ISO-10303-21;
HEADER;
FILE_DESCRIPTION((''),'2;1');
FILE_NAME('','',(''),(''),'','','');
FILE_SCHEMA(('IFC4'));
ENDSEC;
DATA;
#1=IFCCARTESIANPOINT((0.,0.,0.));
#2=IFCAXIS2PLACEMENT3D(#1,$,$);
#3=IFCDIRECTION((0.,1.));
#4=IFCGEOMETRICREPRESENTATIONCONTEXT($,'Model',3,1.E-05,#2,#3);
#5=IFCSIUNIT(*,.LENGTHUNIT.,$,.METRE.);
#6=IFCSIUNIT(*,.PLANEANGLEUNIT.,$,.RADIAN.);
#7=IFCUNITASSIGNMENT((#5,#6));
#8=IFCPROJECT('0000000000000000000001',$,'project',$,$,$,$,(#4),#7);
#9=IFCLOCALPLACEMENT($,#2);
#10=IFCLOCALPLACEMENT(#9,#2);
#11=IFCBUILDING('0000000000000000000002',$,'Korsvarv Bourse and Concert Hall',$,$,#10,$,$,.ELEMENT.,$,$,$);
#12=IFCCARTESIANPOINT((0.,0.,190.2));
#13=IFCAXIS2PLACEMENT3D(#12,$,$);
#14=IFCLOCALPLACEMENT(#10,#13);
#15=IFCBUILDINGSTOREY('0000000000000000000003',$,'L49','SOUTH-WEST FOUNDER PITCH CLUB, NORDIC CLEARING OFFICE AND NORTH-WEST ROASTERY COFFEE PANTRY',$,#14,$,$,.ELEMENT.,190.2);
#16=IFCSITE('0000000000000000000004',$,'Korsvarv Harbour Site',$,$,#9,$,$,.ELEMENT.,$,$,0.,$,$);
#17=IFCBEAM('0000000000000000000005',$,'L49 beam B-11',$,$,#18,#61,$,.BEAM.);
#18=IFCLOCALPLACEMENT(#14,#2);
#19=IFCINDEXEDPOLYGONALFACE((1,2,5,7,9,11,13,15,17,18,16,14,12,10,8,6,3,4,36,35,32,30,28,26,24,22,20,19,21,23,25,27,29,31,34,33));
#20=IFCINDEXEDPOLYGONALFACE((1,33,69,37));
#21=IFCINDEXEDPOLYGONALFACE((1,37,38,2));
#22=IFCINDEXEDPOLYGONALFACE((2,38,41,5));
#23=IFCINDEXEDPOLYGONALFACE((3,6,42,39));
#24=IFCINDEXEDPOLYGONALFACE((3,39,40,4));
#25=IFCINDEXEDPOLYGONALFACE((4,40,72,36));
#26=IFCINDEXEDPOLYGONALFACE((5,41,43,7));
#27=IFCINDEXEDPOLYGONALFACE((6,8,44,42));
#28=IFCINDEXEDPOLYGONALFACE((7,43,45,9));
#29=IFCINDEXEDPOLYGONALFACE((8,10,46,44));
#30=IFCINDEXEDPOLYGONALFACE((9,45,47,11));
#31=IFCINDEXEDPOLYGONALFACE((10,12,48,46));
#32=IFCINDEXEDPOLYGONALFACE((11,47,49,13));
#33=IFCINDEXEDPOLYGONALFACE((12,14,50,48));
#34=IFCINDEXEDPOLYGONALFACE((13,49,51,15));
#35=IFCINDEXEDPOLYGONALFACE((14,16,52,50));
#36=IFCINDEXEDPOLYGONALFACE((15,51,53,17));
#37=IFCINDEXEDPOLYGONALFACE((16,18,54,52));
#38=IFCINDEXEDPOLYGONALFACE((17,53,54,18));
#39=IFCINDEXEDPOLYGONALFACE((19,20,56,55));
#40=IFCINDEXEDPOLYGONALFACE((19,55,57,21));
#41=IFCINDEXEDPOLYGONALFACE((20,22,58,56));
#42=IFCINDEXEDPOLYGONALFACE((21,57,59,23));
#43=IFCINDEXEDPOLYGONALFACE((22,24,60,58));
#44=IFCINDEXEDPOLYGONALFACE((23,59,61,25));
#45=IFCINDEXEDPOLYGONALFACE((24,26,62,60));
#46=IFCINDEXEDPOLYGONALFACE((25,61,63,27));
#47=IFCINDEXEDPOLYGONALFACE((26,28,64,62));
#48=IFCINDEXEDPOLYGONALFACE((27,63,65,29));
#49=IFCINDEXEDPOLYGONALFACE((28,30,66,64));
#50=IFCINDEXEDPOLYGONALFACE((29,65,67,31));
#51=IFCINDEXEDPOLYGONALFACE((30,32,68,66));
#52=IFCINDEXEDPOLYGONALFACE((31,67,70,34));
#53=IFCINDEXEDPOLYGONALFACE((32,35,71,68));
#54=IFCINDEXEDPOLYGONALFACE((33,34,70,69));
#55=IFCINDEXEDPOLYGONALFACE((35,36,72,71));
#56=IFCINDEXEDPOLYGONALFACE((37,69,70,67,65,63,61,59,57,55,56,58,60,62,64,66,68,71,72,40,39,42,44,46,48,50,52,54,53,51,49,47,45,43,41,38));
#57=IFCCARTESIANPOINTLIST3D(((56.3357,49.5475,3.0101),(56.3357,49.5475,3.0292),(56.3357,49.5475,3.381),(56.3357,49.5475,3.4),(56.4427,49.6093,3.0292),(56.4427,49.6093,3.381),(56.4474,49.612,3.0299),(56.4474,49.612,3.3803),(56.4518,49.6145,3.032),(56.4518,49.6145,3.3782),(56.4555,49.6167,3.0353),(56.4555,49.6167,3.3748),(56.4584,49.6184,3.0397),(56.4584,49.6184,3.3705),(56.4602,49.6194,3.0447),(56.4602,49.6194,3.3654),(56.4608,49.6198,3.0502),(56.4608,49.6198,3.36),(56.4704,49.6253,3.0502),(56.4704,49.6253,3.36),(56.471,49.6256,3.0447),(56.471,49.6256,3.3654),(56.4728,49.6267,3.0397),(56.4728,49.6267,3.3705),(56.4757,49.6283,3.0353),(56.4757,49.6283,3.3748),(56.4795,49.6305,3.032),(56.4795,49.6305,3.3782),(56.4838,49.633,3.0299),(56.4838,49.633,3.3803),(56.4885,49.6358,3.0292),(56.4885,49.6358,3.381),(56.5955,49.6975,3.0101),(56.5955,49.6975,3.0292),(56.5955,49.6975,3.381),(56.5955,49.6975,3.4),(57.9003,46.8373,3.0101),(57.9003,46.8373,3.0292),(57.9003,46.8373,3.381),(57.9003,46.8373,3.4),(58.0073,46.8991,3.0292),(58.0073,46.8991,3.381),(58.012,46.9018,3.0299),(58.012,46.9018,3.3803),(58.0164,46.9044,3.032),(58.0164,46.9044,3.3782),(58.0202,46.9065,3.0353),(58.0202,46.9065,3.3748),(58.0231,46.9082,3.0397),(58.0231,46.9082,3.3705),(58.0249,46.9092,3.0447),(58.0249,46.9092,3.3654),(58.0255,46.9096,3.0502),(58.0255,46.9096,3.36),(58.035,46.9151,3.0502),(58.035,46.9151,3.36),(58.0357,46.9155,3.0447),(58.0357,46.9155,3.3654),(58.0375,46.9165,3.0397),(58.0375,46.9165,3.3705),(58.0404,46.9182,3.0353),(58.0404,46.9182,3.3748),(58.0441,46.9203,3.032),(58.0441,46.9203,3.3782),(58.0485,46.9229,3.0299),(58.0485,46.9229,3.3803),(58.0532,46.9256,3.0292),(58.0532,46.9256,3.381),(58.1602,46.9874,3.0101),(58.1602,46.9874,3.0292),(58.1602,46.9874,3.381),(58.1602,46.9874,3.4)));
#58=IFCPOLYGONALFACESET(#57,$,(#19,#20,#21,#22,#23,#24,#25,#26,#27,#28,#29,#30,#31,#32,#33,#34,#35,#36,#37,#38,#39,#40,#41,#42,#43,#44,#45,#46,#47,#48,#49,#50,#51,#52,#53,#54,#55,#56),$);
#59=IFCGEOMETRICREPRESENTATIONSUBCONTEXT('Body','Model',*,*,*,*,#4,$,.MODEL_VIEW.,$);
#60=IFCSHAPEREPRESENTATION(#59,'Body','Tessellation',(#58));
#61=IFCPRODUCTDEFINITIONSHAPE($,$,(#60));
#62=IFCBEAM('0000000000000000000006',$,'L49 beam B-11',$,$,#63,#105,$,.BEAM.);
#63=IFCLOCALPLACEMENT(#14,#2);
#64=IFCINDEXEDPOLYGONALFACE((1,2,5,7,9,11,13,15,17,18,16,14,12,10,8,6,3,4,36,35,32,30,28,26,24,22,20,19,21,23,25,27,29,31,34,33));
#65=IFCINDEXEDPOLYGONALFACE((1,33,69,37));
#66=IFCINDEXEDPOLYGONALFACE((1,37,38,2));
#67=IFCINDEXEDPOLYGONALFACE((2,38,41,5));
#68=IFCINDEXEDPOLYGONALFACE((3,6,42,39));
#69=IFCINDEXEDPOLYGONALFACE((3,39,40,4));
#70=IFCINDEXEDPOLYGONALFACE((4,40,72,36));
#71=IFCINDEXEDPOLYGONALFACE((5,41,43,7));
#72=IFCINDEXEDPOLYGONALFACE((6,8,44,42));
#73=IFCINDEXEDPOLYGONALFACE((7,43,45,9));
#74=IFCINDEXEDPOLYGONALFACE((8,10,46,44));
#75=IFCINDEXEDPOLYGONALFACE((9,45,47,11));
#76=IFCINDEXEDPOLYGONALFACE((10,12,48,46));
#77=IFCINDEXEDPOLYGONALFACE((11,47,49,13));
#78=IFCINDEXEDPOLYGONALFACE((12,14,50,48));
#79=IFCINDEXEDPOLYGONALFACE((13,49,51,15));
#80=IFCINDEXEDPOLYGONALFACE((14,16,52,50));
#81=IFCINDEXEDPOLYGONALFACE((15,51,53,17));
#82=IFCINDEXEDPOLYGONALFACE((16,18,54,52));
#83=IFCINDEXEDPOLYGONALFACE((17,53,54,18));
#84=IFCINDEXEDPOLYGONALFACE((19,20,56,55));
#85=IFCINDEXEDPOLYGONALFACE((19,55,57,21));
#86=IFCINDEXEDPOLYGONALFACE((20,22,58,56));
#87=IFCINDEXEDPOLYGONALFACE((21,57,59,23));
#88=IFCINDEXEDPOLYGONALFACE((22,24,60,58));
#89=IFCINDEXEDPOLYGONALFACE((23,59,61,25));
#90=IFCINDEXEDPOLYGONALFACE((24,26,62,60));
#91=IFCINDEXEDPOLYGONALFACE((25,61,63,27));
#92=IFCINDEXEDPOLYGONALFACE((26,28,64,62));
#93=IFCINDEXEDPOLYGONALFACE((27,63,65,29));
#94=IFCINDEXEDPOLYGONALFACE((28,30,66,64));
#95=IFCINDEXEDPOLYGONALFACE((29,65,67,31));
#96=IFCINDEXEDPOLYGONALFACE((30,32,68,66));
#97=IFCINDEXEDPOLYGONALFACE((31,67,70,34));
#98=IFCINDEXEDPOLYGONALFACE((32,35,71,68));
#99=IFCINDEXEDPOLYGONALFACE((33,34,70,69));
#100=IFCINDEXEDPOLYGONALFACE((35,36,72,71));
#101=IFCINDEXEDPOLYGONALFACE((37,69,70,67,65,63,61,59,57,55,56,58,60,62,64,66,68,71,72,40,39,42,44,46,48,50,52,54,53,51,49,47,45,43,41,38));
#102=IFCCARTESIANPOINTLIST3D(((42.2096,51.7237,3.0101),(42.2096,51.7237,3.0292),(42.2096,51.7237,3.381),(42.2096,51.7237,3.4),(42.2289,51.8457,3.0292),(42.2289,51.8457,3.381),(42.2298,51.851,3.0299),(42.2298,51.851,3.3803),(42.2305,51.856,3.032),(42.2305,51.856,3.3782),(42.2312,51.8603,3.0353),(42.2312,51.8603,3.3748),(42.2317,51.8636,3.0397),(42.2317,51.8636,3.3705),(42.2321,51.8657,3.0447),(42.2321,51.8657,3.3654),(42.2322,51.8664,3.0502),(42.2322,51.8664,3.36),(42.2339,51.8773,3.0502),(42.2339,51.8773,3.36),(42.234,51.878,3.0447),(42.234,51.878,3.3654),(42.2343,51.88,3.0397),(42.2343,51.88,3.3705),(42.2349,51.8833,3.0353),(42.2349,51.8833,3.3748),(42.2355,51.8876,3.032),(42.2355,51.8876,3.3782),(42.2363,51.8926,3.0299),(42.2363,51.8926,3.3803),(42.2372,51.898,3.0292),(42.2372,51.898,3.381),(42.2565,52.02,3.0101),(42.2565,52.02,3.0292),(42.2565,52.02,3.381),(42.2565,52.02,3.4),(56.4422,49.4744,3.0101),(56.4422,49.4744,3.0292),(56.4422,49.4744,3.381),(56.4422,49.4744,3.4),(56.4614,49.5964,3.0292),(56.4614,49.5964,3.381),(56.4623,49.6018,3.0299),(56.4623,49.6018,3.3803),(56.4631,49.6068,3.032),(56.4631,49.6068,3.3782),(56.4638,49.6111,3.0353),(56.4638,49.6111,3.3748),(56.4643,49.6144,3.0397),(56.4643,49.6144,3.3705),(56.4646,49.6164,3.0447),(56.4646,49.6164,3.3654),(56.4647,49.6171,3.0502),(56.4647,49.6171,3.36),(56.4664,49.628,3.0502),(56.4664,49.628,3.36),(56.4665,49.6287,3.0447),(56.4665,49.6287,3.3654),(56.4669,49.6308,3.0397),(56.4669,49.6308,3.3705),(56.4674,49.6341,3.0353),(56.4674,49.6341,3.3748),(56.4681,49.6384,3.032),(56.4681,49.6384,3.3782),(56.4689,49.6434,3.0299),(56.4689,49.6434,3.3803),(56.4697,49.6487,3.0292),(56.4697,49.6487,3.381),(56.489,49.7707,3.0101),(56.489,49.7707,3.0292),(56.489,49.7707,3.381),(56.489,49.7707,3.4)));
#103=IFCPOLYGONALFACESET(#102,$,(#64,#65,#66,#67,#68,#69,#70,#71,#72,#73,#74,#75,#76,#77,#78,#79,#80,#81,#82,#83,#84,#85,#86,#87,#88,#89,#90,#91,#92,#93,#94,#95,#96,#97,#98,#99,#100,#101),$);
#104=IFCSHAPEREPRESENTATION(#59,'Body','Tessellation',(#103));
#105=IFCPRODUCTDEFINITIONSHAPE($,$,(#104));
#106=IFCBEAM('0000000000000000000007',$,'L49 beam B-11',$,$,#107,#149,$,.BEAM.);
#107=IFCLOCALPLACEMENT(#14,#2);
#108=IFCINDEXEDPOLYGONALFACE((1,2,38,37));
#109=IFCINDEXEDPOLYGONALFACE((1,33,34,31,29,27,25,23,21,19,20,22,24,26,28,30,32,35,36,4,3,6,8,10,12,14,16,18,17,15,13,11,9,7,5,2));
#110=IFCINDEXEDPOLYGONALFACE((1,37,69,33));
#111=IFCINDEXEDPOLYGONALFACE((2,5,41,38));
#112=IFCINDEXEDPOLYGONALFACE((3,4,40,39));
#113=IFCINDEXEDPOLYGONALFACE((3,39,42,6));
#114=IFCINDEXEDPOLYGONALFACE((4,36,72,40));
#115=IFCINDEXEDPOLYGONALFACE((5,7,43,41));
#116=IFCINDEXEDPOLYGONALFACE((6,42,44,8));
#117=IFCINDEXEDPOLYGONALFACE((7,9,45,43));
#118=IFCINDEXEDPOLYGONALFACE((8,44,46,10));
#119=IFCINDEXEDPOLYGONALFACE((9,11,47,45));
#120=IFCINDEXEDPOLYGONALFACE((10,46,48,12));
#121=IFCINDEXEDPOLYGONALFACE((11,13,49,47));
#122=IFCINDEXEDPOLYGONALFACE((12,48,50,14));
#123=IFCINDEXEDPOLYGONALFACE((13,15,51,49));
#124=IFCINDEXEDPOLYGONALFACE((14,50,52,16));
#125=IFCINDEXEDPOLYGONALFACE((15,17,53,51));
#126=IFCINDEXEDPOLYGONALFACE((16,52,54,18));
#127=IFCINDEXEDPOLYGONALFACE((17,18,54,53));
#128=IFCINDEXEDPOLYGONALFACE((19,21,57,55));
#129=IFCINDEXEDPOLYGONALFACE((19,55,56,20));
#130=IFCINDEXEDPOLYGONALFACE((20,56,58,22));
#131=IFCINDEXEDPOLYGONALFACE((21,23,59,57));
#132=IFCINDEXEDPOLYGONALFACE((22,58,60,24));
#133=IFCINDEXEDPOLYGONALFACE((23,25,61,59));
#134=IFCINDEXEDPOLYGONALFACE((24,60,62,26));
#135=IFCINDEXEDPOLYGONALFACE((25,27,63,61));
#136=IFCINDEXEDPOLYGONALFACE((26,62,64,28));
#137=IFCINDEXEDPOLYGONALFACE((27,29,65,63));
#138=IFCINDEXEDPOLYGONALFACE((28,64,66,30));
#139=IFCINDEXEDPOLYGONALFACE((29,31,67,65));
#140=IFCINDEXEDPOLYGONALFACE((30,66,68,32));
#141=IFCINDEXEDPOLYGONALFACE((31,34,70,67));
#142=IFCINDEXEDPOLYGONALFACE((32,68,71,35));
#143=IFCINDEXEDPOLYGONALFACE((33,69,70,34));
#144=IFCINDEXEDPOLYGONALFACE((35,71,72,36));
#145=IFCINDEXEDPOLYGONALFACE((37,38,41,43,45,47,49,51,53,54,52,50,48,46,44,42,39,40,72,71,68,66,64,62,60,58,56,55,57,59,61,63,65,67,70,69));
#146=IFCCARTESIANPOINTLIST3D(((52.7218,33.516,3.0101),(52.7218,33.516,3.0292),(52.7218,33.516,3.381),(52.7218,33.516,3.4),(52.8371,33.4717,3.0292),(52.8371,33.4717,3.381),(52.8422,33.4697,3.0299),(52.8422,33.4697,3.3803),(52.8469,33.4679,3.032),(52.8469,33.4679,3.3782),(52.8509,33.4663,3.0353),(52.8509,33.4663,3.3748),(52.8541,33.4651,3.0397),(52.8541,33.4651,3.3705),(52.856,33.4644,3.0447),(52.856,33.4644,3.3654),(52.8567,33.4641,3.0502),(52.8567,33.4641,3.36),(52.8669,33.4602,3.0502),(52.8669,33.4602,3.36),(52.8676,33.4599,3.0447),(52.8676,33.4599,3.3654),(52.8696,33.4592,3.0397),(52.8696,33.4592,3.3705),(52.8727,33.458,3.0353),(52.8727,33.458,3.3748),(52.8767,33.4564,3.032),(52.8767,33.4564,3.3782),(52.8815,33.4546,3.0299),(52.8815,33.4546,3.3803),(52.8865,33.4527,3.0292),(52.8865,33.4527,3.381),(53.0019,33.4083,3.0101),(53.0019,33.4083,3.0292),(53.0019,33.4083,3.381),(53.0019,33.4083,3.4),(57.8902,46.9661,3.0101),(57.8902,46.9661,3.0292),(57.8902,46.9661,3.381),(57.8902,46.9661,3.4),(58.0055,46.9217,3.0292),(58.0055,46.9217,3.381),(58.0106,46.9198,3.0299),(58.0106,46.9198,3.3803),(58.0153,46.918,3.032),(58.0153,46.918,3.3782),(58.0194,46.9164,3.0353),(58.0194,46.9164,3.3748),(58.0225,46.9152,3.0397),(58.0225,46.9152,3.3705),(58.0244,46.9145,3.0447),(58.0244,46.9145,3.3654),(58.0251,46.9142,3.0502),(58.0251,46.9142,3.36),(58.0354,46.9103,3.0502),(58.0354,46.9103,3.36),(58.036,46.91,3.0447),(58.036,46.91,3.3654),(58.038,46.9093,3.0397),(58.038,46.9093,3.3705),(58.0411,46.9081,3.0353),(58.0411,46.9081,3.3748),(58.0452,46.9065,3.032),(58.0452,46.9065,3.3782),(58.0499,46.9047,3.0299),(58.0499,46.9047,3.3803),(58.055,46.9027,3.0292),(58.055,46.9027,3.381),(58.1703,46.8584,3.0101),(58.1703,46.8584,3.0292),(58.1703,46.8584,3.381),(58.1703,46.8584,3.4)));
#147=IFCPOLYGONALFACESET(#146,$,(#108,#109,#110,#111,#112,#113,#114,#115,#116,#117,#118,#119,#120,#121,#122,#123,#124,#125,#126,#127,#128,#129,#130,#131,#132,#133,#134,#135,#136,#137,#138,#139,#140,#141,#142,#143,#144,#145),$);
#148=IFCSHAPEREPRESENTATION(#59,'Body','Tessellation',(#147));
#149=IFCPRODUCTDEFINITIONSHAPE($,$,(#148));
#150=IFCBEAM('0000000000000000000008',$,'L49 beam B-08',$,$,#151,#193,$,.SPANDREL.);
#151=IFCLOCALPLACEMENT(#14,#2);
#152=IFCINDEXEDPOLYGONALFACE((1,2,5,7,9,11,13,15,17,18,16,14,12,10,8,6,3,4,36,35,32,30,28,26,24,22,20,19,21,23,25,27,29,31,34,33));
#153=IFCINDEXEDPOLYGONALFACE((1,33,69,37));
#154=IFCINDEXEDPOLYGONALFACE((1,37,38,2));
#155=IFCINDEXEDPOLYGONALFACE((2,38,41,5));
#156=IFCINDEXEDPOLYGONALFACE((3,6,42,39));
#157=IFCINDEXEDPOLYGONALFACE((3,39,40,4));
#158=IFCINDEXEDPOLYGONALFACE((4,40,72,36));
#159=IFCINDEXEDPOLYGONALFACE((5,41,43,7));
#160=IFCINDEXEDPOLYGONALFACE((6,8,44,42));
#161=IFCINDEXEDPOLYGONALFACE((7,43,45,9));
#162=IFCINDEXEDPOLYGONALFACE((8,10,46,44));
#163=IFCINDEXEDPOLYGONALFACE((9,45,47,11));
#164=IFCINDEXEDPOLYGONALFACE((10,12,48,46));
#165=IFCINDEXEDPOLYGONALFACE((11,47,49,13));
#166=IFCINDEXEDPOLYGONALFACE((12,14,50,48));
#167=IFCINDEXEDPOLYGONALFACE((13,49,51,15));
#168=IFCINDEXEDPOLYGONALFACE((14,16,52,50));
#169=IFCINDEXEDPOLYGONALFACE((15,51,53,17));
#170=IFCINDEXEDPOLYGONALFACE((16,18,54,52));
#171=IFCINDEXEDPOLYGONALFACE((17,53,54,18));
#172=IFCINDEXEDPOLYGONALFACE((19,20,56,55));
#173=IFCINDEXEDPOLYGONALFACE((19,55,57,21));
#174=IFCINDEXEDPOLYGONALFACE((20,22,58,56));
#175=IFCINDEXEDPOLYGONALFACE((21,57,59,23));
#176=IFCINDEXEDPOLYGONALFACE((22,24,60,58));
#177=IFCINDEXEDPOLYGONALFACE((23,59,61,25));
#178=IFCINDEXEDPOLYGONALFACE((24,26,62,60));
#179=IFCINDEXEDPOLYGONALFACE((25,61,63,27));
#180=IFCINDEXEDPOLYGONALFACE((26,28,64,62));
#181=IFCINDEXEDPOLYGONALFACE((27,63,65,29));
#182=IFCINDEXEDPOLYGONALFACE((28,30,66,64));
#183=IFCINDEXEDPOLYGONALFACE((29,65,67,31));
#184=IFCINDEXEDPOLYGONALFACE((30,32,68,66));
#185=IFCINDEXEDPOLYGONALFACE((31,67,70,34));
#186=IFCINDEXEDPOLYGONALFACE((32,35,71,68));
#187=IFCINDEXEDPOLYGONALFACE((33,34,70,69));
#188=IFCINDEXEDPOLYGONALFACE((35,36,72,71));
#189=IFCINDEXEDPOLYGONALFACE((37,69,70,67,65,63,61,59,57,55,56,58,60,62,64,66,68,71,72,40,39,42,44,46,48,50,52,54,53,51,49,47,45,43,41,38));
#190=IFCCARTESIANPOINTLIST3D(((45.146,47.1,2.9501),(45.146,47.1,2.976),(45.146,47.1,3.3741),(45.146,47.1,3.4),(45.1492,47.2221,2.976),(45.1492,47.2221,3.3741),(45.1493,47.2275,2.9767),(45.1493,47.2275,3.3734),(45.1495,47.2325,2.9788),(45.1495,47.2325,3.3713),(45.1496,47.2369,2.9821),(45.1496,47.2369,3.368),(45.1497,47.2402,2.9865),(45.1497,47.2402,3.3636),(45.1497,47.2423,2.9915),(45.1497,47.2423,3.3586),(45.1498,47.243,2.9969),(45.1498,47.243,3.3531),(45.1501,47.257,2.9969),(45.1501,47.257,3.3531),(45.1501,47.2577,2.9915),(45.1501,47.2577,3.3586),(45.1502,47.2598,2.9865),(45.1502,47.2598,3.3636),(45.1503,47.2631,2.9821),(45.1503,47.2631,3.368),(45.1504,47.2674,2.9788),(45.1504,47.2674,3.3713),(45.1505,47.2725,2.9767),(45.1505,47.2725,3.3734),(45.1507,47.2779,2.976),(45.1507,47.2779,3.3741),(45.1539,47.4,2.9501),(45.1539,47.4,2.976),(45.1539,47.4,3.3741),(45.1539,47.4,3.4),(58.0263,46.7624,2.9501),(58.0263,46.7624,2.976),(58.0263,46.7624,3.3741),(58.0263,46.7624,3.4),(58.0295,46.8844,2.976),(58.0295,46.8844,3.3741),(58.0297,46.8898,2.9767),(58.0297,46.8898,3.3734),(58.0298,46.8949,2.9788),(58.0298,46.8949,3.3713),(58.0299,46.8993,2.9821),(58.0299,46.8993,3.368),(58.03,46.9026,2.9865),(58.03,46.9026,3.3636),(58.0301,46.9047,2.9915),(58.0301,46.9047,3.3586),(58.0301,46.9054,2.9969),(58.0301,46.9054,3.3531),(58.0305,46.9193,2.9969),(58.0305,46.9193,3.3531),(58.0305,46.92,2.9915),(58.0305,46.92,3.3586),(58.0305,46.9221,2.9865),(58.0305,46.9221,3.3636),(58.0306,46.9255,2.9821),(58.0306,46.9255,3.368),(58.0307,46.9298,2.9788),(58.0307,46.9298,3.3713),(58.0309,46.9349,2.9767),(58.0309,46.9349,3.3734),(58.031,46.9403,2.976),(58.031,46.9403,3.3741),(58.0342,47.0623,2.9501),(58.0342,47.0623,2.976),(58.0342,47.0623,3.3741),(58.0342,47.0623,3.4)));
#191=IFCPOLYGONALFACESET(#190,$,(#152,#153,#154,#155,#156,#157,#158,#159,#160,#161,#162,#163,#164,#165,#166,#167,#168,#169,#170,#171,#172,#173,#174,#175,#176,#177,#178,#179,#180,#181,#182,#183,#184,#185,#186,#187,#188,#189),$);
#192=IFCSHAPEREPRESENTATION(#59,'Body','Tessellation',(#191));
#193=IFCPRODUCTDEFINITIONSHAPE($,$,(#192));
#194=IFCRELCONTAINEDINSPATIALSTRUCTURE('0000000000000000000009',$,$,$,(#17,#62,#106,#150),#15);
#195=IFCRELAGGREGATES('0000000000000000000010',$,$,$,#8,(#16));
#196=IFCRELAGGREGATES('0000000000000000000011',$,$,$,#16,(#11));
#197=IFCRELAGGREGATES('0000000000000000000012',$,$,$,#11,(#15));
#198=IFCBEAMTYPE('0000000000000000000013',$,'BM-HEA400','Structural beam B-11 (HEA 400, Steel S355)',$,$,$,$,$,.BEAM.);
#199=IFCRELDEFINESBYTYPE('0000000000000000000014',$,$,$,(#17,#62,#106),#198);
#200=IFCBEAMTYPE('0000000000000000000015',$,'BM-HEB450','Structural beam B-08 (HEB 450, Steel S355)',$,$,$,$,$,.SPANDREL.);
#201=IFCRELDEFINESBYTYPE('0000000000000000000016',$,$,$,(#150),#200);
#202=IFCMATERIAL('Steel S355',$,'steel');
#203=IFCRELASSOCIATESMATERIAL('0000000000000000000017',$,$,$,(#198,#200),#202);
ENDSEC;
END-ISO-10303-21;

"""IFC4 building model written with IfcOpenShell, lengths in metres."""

from ifc_helpers import new_model, si_unit, direction, frame, origin, origin_2d, place, context, subcontext, project, spatial, i_section, extrude, source, transform, mapped, material, material_profile, profile_set, type_object, element, save


model = new_model("IFC4")

# Units and contexts
model_context = context("Model", 3, precision=1e-05, world=origin(), true_north=direction((0.0, 1.0)))
body_context = subcontext(model_context, "Body", "Model", "MODEL_VIEW")
ifc_project = project(units=[si_unit("LENGTHUNIT", "METRE"), si_unit("PLANEANGLEUNIT", "RADIAN")], contexts=[model_context])

# Site, building, storey
site_placement = place(None, origin())
site = spatial("IfcSite", under=ifc_project, at=site_placement, Name="Korsvarv Harbour Site", CompositionType="ELEMENT", RefElevation=0.0)
building_placement = place(site_placement, origin())
building = spatial("IfcBuilding", under=site, at=building_placement, Name="Korsvarv Bourse and Concert Hall", CompositionType="ELEMENT")
storey_placement = place(building_placement, frame((0.0, 0.0, 190.2)))
storey = spatial("IfcBuildingStorey", under=building, at=storey_placement, Name="L49", Description="SOUTH-WEST FOUNDER PITCH CLUB, NORDIC CLEARING OFFICE AND NORTH-WEST ROASTERY COFFEE PANTRY", CompositionType="ELEMENT", Elevation=190.2)

# Shared definitions
ifc_material_1 = material(Name="Steel S355", Category="steel")

# Beams
ifc_material_profile_1 = material_profile(ifc_material_1, i_section(OverallWidth=0.3, OverallDepth=0.3899, WebThickness=0.011, FlangeThickness=0.019, FilletRadius=0.021, at=origin_2d()), Name="HEA 400")
ifc_profile_set_1 = profile_set([ifc_material_profile_1], Name="Steel S355")
beam_type_1 = type_object("IfcBeamType", Name="BM-HEA400", Description="Structural beam B-11 (HEA 400, Steel S355)", PredefinedType="BEAM", material=ifc_profile_set_1)
shared_shape_1 = source(origin(), body_context, "Body", "SweptSolid", [
    extrude(i_section(OverallWidth=0.3, OverallDepth=0.3899, WebThickness=0.011, FlangeThickness=0.019, FilletRadius=0.021, at=origin_2d()), origin(), (0.0, 0.0, 1.0), 3.1294),
])
beam_1_placement = place(storey_placement, frame((58.0303, 46.9124, 3.2051), z_axis=(-0.49999, 0.866031, 0.0), x_axis=(-0.866031, -0.49999, 0.0)))
element("IfcBeam", 1, at=beam_1_placement, inside=storey, type_object=beam_type_1, Name="L49 beam B-11", PredefinedType="BEAM", context=body_context, shape_type="MappedRepresentation", body=[
    mapped(shared_shape_1, transform((0.0, 0.0, 0.0), scale=1.0)),
])
shared_shape_2 = source(origin(), body_context, "Body", "SweptSolid", [
    extrude(i_section(OverallWidth=0.3, OverallDepth=0.3899, WebThickness=0.011, FlangeThickness=0.019, FilletRadius=0.021, at=origin_2d()), origin(), (0.0, 0.0, 1.0), 14.4092),
])
beam_2_placement = place(storey_placement, frame((56.4656, 49.6226, 3.2051), z_axis=(-0.987741, 0.156101, 0.0), x_axis=(-0.156101, -0.987741, 0.0)))
element("IfcBeam", 2, at=beam_2_placement, inside=storey, type_object=beam_type_1, Name="L49 beam B-11", PredefinedType="BEAM", context=body_context, shape_type="MappedRepresentation", body=[
    mapped(shared_shape_2, transform((0.0, 0.0, 0.0), scale=1.0)),
])
shared_shape_3 = source(origin(), body_context, "Body", "SweptSolid", [
    extrude(i_section(OverallWidth=0.3, OverallDepth=0.3899, WebThickness=0.011, FlangeThickness=0.019, FilletRadius=0.021, at=origin_2d()), origin(), (0.0, 0.0, 1.0), 14.4089),
])
beam_3_placement = place(storey_placement, frame((52.8618, 33.4622, 3.2051), z_axis=(0.358695, 0.933455, 0.0), x_axis=(-0.933455, 0.358695, 0.0)))
element("IfcBeam", 3, at=beam_3_placement, inside=storey, type_object=beam_type_1, Name="L49 beam B-11", PredefinedType="BEAM", context=body_context, shape_type="MappedRepresentation", body=[
    mapped(shared_shape_3, transform((0.0, 0.0, 0.0), scale=1.0)),
])
ifc_material_profile_2 = material_profile(ifc_material_1, i_section(OverallWidth=0.3, OverallDepth=0.45, WebThickness=0.0139, FlangeThickness=0.0259, FilletRadius=0.021, at=origin_2d()), Name="HEB 450")
ifc_profile_set_2 = profile_set([ifc_material_profile_2], Name="Steel S355")
beam_type_2 = type_object("IfcBeamType", Name="BM-HEB450", Description="Structural beam B-08 (HEB 450, Steel S355)", PredefinedType="SPANDREL", material=ifc_profile_set_2)
shared_shape_4 = source(origin(), body_context, "Body", "SweptSolid", [
    extrude(i_section(OverallWidth=0.3, OverallDepth=0.45, WebThickness=0.0139, FlangeThickness=0.0259, FilletRadius=0.021, at=origin_2d()), origin(), (0.0, 0.0, 1.0), 12.8848),
])
beam_4_placement = place(storey_placement, frame((58.0303, 46.9124, 3.175), z_axis=(-0.999657, 0.026205, 0.0), x_axis=(-0.026205, -0.999657, 0.0)))
element("IfcBeam", 4, at=beam_4_placement, inside=storey, type_object=beam_type_2, Name="L49 beam B-08", PredefinedType="SPANDREL", context=body_context, shape_type="MappedRepresentation", body=[
    mapped(shared_shape_4, transform((0.0, 0.0, 0.0), scale=1.0)),
])

save(model, "model.ifc")
